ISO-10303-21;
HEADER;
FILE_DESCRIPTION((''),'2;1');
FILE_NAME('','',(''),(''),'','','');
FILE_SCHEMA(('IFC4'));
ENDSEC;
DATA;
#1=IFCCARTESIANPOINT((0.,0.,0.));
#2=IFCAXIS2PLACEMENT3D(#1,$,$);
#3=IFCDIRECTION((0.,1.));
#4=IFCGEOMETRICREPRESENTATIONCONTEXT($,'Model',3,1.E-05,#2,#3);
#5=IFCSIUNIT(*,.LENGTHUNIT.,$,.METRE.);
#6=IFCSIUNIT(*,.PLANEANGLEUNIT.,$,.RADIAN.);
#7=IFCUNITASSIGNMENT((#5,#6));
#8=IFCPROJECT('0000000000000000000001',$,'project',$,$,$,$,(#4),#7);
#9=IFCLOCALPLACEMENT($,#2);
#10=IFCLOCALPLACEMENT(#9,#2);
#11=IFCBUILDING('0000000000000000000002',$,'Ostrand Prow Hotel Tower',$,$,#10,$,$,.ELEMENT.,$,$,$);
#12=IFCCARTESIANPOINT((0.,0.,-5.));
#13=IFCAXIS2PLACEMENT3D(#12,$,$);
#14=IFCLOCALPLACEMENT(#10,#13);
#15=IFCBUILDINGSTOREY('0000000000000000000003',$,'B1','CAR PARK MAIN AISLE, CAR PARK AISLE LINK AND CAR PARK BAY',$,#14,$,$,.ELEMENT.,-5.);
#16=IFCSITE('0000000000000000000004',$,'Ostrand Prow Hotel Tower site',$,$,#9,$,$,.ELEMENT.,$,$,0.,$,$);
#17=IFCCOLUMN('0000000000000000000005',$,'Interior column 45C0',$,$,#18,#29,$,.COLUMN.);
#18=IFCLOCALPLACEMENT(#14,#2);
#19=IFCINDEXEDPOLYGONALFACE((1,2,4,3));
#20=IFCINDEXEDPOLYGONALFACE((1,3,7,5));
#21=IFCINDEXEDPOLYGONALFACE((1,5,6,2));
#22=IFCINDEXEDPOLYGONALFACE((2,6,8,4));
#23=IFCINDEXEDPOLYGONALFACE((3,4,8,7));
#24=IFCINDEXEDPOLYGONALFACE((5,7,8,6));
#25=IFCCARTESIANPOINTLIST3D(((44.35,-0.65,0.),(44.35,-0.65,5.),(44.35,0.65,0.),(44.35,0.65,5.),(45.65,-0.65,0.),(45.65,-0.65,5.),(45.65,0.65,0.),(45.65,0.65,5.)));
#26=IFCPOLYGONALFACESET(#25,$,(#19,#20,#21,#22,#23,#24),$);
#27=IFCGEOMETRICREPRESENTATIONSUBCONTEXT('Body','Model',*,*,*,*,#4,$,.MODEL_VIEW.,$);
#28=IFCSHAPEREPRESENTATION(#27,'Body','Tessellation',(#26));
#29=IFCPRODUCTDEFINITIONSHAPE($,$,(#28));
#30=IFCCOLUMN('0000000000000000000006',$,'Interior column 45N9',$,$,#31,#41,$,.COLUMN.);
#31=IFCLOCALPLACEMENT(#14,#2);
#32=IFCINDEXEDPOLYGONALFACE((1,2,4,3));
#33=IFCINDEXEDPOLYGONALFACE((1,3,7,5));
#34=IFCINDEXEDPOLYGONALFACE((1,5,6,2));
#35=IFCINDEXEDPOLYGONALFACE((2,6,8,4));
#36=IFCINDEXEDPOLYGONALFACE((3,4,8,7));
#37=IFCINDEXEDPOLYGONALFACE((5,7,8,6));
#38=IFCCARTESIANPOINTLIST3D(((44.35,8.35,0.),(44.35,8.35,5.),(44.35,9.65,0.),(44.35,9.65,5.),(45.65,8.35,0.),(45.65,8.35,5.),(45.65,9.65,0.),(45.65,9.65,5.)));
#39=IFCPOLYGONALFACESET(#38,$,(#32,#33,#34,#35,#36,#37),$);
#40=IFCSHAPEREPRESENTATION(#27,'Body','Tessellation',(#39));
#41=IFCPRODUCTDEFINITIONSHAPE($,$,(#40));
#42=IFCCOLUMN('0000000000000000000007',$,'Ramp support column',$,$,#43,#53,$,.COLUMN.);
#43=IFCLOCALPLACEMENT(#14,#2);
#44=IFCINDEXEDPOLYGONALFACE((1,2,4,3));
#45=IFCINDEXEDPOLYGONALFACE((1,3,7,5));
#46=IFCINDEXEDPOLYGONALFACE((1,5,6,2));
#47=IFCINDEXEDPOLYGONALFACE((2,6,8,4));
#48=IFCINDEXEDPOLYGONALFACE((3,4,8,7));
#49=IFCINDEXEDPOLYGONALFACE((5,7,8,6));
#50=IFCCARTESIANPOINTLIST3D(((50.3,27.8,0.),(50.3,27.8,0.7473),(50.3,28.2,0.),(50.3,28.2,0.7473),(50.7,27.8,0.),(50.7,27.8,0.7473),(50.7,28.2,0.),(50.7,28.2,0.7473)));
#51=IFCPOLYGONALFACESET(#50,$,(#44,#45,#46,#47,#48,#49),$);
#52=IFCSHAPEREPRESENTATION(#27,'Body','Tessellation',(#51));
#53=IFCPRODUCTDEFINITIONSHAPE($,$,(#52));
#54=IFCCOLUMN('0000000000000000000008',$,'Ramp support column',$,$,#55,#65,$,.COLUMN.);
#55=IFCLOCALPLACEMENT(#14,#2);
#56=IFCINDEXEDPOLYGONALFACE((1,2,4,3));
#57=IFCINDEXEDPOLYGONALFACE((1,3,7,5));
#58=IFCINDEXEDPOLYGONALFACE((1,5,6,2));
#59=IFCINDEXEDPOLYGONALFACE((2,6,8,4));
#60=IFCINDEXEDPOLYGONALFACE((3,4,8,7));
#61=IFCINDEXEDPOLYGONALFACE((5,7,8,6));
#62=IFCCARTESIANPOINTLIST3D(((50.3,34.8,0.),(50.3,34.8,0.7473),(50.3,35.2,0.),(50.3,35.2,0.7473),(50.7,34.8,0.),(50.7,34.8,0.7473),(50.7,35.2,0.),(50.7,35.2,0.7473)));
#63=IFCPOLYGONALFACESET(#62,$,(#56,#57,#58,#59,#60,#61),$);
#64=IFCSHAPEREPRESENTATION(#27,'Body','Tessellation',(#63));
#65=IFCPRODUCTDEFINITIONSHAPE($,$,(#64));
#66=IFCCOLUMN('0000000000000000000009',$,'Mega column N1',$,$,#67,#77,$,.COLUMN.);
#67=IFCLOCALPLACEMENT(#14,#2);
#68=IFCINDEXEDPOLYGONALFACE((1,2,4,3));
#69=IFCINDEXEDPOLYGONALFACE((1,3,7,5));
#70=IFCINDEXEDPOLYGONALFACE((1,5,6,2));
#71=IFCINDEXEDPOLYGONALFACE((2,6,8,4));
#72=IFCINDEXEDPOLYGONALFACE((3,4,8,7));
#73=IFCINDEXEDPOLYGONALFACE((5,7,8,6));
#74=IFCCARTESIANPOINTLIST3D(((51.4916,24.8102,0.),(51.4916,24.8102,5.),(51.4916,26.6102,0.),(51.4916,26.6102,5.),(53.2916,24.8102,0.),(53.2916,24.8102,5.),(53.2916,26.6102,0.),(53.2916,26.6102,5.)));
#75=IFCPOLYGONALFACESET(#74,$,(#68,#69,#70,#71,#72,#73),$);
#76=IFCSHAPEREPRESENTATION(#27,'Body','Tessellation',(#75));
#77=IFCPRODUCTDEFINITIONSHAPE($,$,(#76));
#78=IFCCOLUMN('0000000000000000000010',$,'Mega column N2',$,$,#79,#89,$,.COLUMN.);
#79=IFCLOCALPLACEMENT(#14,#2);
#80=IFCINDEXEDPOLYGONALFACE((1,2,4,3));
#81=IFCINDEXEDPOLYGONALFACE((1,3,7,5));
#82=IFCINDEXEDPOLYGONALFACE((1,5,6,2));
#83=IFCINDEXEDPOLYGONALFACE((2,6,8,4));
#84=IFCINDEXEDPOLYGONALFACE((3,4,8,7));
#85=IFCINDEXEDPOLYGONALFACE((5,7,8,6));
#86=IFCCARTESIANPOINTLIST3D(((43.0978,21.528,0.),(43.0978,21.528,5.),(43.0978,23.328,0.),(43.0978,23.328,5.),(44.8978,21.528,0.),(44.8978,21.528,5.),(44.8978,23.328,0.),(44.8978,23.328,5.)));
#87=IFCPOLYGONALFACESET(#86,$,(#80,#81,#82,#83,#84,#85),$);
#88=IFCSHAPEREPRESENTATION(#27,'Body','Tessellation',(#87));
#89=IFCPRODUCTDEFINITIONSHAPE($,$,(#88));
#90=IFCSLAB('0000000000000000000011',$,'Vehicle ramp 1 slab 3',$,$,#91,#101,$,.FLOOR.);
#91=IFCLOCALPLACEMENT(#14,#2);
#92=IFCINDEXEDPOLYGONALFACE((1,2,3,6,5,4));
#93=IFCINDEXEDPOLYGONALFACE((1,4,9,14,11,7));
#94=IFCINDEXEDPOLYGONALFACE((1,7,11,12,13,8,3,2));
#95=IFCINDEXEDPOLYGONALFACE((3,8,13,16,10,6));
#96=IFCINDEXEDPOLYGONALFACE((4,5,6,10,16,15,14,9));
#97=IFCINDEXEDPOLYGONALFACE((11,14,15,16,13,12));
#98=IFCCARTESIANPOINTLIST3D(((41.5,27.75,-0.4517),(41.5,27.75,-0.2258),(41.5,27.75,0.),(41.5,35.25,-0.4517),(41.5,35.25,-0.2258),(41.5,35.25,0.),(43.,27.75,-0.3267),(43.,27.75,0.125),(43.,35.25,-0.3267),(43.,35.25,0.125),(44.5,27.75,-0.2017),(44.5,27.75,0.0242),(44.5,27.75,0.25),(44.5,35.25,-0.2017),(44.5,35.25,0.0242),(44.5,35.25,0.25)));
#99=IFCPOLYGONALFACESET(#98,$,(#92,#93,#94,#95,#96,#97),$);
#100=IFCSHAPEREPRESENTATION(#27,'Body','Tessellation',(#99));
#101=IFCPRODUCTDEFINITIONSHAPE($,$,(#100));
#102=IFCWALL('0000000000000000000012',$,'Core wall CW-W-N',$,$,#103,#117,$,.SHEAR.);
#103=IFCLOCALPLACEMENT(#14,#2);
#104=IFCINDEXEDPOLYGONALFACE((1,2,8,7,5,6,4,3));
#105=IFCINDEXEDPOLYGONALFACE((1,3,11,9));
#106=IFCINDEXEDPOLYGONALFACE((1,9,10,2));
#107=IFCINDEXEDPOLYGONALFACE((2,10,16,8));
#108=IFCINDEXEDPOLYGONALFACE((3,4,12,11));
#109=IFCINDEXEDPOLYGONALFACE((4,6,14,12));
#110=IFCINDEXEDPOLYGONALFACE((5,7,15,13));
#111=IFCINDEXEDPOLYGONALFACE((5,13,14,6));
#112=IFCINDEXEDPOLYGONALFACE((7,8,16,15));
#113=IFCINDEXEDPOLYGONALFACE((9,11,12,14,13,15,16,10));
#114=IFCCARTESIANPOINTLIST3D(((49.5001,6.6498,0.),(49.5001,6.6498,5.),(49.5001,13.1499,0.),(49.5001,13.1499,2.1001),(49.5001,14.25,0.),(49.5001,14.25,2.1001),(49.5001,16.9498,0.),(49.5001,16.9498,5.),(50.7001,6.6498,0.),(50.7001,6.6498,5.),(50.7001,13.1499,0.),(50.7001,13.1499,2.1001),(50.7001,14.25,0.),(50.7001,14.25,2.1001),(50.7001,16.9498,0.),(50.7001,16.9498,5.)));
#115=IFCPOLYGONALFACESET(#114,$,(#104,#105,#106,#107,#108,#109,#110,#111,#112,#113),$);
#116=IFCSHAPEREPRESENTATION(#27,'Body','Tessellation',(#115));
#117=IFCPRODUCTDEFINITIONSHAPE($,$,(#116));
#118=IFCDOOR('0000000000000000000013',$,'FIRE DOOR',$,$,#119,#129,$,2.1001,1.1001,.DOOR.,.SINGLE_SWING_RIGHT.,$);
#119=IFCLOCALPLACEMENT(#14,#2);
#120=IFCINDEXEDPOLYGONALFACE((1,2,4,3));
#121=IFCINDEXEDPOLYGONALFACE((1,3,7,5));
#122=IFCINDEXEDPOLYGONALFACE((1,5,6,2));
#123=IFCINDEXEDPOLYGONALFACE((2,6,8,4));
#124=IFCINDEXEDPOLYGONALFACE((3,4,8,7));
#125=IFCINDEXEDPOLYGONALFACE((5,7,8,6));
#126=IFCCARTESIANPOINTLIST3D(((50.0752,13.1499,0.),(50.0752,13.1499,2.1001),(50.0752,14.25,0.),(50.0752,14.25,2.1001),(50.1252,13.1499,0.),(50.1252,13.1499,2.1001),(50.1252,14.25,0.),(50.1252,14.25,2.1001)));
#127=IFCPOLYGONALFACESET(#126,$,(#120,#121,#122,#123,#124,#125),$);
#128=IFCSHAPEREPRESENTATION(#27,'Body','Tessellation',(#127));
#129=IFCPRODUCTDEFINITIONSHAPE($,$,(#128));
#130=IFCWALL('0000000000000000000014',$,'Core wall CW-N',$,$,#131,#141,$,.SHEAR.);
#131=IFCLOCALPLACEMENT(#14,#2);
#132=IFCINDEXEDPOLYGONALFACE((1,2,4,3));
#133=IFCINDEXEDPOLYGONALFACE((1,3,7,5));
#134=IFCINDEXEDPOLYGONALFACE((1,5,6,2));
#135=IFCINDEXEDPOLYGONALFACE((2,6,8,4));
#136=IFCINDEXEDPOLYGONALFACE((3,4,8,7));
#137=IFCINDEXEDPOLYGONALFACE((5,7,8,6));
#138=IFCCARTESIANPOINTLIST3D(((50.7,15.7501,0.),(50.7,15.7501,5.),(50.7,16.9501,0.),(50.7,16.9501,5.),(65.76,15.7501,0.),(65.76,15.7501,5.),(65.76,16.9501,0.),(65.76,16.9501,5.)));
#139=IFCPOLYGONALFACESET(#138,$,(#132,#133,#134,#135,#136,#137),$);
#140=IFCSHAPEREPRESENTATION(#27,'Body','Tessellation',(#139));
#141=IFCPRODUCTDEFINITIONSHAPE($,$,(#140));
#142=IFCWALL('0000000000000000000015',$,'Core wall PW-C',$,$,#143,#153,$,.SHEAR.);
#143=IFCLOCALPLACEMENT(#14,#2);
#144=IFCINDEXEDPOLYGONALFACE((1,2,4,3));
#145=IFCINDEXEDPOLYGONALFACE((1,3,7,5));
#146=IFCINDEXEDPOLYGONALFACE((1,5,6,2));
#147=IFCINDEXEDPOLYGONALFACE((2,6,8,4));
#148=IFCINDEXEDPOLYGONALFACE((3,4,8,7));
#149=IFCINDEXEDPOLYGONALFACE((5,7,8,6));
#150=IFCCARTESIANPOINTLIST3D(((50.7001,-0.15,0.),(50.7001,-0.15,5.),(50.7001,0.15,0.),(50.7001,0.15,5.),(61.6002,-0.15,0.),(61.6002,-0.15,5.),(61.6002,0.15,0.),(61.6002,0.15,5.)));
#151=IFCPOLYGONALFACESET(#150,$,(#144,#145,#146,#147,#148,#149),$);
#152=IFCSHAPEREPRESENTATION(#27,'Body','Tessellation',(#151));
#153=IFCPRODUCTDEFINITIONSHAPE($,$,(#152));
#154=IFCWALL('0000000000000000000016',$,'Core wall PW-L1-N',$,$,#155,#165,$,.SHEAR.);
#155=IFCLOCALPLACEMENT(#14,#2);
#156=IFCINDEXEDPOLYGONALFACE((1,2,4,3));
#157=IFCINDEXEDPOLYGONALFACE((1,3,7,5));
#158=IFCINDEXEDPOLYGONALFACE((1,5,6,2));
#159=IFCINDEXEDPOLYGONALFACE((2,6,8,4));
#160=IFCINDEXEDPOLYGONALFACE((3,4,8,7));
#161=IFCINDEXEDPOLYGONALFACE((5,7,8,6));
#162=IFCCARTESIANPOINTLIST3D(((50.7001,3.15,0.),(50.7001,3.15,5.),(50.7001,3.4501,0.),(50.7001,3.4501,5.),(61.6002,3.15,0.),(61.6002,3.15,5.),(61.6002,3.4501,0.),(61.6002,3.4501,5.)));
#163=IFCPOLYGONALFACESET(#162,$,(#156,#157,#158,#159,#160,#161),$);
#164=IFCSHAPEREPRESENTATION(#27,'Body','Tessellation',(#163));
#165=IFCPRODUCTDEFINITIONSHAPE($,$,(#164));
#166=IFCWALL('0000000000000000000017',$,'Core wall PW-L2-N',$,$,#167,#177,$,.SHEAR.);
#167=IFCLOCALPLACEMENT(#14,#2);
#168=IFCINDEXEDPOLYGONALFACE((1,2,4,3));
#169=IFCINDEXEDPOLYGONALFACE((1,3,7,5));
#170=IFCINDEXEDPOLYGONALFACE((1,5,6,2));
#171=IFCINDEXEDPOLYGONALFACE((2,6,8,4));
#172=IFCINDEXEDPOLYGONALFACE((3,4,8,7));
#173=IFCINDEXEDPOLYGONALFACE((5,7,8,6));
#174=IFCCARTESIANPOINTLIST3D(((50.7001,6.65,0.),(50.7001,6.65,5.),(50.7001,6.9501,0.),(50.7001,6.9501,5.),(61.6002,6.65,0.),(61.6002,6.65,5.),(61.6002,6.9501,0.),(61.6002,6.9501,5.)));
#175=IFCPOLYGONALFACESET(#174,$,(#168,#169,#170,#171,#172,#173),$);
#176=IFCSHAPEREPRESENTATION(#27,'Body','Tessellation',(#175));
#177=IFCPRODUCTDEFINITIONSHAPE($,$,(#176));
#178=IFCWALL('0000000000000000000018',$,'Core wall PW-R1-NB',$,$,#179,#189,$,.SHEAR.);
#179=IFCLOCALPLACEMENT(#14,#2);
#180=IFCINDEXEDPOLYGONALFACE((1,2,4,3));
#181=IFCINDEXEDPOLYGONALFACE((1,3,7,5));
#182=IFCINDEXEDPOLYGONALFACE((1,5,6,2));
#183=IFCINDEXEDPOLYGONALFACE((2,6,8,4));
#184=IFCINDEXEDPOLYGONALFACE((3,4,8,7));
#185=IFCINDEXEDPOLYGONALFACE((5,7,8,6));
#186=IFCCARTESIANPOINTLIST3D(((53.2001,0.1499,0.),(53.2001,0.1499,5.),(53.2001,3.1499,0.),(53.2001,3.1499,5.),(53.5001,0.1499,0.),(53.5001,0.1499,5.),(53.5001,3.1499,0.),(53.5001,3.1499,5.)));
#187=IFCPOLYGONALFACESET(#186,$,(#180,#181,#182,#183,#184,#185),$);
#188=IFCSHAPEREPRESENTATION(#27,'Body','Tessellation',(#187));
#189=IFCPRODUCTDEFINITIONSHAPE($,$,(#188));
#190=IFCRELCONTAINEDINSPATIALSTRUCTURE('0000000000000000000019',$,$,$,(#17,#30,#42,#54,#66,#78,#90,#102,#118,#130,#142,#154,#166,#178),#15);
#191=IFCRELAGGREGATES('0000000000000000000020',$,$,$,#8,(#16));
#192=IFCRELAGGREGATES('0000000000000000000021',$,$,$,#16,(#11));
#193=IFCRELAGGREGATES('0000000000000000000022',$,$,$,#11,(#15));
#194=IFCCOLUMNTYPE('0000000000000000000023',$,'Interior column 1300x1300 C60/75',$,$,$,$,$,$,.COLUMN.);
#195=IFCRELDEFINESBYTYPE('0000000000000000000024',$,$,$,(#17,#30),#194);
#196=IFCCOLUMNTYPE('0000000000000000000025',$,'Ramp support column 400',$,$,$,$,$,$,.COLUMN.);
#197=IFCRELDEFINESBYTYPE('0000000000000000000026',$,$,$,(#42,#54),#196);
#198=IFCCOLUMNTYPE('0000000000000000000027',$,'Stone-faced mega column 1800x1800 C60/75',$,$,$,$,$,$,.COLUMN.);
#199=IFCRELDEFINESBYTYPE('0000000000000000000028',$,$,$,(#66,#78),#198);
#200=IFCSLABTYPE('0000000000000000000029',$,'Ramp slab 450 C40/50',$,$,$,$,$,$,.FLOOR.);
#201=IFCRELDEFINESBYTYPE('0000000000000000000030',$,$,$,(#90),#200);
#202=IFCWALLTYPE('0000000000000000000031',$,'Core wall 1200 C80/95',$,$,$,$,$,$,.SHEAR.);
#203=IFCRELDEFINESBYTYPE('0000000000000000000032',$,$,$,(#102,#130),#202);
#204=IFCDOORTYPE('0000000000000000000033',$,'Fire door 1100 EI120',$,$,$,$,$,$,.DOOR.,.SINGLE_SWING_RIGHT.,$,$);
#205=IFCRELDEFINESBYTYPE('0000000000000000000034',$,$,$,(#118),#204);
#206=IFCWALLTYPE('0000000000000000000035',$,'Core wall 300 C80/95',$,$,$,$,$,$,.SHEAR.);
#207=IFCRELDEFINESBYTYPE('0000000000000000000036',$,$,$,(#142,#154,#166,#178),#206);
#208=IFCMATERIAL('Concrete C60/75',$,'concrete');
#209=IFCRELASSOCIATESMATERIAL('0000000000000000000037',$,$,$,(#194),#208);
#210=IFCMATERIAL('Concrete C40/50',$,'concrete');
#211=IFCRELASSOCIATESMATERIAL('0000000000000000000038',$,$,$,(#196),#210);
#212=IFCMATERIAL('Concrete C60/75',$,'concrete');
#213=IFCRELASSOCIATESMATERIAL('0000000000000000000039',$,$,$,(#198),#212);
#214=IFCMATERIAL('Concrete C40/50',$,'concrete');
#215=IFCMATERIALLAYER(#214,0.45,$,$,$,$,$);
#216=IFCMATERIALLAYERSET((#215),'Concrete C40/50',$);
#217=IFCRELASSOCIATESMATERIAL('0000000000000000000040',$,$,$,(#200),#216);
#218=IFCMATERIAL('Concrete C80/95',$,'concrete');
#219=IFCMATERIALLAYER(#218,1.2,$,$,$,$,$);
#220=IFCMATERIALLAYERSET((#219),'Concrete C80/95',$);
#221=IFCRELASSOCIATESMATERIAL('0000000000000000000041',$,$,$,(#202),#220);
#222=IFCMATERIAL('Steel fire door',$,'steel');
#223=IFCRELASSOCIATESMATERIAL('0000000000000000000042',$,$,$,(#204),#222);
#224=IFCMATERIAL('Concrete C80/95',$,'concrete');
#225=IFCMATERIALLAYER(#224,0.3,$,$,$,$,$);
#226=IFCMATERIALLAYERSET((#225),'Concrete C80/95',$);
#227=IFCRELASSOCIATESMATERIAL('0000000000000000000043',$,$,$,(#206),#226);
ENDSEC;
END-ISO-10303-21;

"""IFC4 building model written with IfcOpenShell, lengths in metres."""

from ifc_helpers import new_model, si_unit, direction, frame, frame_2d, origin, origin_2d, place, context, subcontext, project, spatial, polyline, rectangle, outline, extrude, material, layer, layer_set, material_profile, profile_set, type_object, element, fill, save


model = new_model("IFC4")

# Units and contexts
model_context = context("Model", 3, precision=1e-05, world=origin(), true_north=direction((0.0, 1.0)))
body_context = subcontext(model_context, "Body", "Model", "MODEL_VIEW")
ifc_project = project(units=[si_unit("LENGTHUNIT", "METRE"), si_unit("PLANEANGLEUNIT", "RADIAN")], contexts=[model_context])

# Site, building, storey
site_placement = place(None, origin())
site = spatial("IfcSite", under=ifc_project, at=site_placement, Name="Ostrand Prow Hotel Tower site", CompositionType="ELEMENT", RefElevation=0.0)
building_placement = place(site_placement, origin())
building = spatial("IfcBuilding", under=site, at=building_placement, Name="Ostrand Prow Hotel Tower", CompositionType="ELEMENT")
storey_placement = place(building_placement, frame((0.0, 0.0, -5.0)))
storey = spatial("IfcBuildingStorey", under=building, at=storey_placement, Name="B1", Description="CAR PARK MAIN AISLE, CAR PARK AISLE LINK AND CAR PARK BAY", CompositionType="ELEMENT", Elevation=-5.0)

# Columns
ifc_material_1 = material(Name="Concrete C60/75", Category="concrete")
ifc_material_profile_1 = material_profile(ifc_material_1, rectangle(XDim=1.3, YDim=1.3, at=origin_2d()), Name="RC 1300x1300")
ifc_profile_set_1 = profile_set([ifc_material_profile_1], Name="Concrete C60/75")
column_type_1 = type_object("IfcColumnType", Name="Interior column 1300x1300 C60/75", PredefinedType="COLUMN", material=ifc_profile_set_1)
for number, where, z_axis, x_axis, name in (
    (1, (45.0, 0.0, 0.0), (0.0, 0.0, 1.0), (1.0, 0.0, 0.0), "Interior column 45C0"),
    (2, (45.0, 9.0, 0.0), (0.0, 0.0, 1.0), (1.0, 0.0, 0.0), "Interior column 45N9"),
):
    element("IfcColumn", number, at=place(storey_placement, frame(where, z_axis=z_axis, x_axis=x_axis)), inside=storey, type_object=column_type_1, Name=name, PredefinedType="COLUMN", context=body_context, shape_type="SweptSolid", body=[
        extrude(rectangle(XDim=1.3, YDim=1.3, at=origin_2d()), origin(), (0.0, 0.0, 1.0), 5.0),
    ])
ifc_material_2 = material(Name="Concrete C40/50", Category="concrete")
ifc_material_profile_2 = material_profile(ifc_material_2, rectangle(XDim=0.3999, YDim=0.3999, at=origin_2d()), Name="Ramp support column 400")
ifc_profile_set_2 = profile_set([ifc_material_profile_2], Name="Concrete C40/50")
column_type_2 = type_object("IfcColumnType", Name="Ramp support column 400", PredefinedType="COLUMN", material=ifc_profile_set_2)
for number, where, z_axis, x_axis, name in (
    (3, (50.5, 28.0, 0.0), (0.0, 0.0, 1.0), (1.0, 0.0, 0.0), "Ramp support column"),
    (4, (50.5, 35.0, 0.0), (0.0, 0.0, 1.0), (1.0, 0.0, 0.0), "Ramp support column"),
):
    element("IfcColumn", number, at=place(storey_placement, frame(where, z_axis=z_axis, x_axis=x_axis)), inside=storey, type_object=column_type_2, Name=name, PredefinedType="COLUMN", context=body_context, shape_type="SweptSolid", body=[
        extrude(rectangle(XDim=0.3999, YDim=0.3999, at=origin_2d()), origin(), (0.0, 0.0, 1.0), 0.7473),
    ])
ifc_material_3 = material(Name="Concrete C60/75", Category="concrete")
ifc_material_profile_3 = material_profile(ifc_material_3, rectangle(XDim=1.8, YDim=1.8, at=origin_2d()), Name="RC 1800x1800")
ifc_profile_set_3 = profile_set([ifc_material_profile_3], Name="Concrete C60/75")
column_type_3 = type_object("IfcColumnType", Name="Stone-faced mega column 1800x1800 C60/75", PredefinedType="COLUMN", material=ifc_profile_set_3)
for number, where, z_axis, x_axis, name in (
    (5, (52.3916, 25.7102, 0.0), (0.0, 0.0, 1.0), (1.0, 0.0, 0.0), "Mega column N1"),
    (6, (43.9978, 22.428, 0.0), (0.0, 0.0, 1.0), (1.0, 0.0, 0.0), "Mega column N2"),
):
    element("IfcColumn", number, at=place(storey_placement, frame(where, z_axis=z_axis, x_axis=x_axis)), inside=storey, type_object=column_type_3, Name=name, PredefinedType="COLUMN", context=body_context, shape_type="SweptSolid", body=[
        extrude(rectangle(XDim=1.8, YDim=1.8, at=origin_2d()), origin(), (0.0, 0.0, 1.0), 5.0),
    ])

# Slab
ifc_material_4 = material(Name="Concrete C40/50", Category="concrete")
ifc_layer_1 = layer(ifc_material_4, 0.45)
ifc_layer_set_1 = layer_set([ifc_layer_1], Name="Concrete C40/50")
slab_type = type_object("IfcSlabType", Name="Ramp slab 450 C40/50", PredefinedType="FLOOR", material=ifc_layer_set_1)
slab_placement = place(storey_placement, frame((44.5, 31.5, 0.25), z_axis=(0.0, 0.0, 1.0), x_axis=(-1.0, 0.0, 0.0)))
element("IfcSlab", 7, at=slab_placement, inside=storey, type_object=slab_type, Name="Vehicle ramp 1 slab 3", PredefinedType="FLOOR", context=body_context, shape_type="SweptSolid", body=[
    extrude(outline(polyline([(0.0, 0.0), (1.5, -0.125), (3.0, -0.25), (3.0, -0.4758), (3.0, -0.7017), (1.5, -0.5767), (0.0, -0.4517), (0.0, -0.2258), (0.0, 0.0)])), frame((0.0, 3.75, 0.0), z_axis=(0.0, -1.0, 0.0), x_axis=(1.0, 0.0, 0.0)), (0.0, 0.0, 1.0), 7.5),
])

# Wall, opening, door
ifc_material_5 = material(Name="Concrete C80/95", Category="concrete")
ifc_layer_2 = layer(ifc_material_5, 1.2)
ifc_layer_set_2 = layer_set([ifc_layer_2], Name="Concrete C80/95")
wall_type_1 = type_object("IfcWallType", Name="Core wall 1200 C80/95", PredefinedType="SHEAR", material=ifc_layer_set_2)
wall_1_placement = place(storey_placement, frame((50.1001, 6.6499, 0.0), z_axis=(0.0, 0.0, 1.0), x_axis=(0.0, 1.0, 0.0)))
wall_1 = element("IfcWall", 8, at=wall_1_placement, inside=storey, type_object=wall_type_1, Name="Core wall CW-W-N", PredefinedType="SHEAR", context=body_context, shape_type="SweptSolid", body=[
    extrude(rectangle(XDim=10.3, YDim=1.2, at=frame_2d((5.1499, 0.0))), origin(), (0.0, 0.0, 1.0), 5.0),
])
opening_1_placement = place(wall_1_placement, frame((6.5, 0.0, 0.0)))
opening_1 = element("IfcOpeningElement", 9, at=opening_1_placement, cuts=wall_1, PredefinedType="OPENING", context=body_context, shape_type="SweptSolid", body=[
    extrude(rectangle(XDim=1.1001, YDim=2.1001, at=frame_2d((0.55, 1.05))), frame((0.0, 0.6099, 0.0), z_axis=(0.0, -1.0, 0.0), x_axis=(1.0, 0.0, 0.0)), (0.0, 0.0, 1.0), 1.22),
])
ifc_material_6 = material(Name="Steel fire door", Category="steel")
door_type_1 = type_object("IfcDoorType", Name="Fire door 1100 EI120", OperationType="SINGLE_SWING_RIGHT", PredefinedType="DOOR", material=ifc_material_6)
door_1_placement = place(opening_1_placement, origin())
door_1 = element("IfcDoor", 10, at=door_1_placement, inside=storey, type_object=door_type_1, Name="FIRE DOOR", OperationType="SINGLE_SWING_RIGHT", OverallHeight=2.1001, OverallWidth=1.1001, PredefinedType="DOOR", context=body_context, shape_type="SweptSolid", body=[
    extrude(rectangle(XDim=1.1001, YDim=2.1001, at=frame_2d((0.55, 1.05))), frame((0.0, 0.0249, 0.0), z_axis=(0.0, -1.0, 0.0), x_axis=(1.0, 0.0, 0.0)), (0.0, 0.0, 1.0), 0.05),
])
fill(opening_1, door_1)

# Walls
wall_2_placement = place(storey_placement, frame((50.7, 16.3501, 0.0), z_axis=(0.0, 0.0, 1.0), x_axis=(1.0, 0.0, 0.0)))
element("IfcWall", 11, at=wall_2_placement, inside=storey, type_object=wall_type_1, Name="Core wall CW-N", PredefinedType="SHEAR", context=body_context, shape_type="SweptSolid", body=[
    extrude(rectangle(XDim=15.0601, YDim=1.2, at=frame_2d((7.53, 0.0))), origin(), (0.0, 0.0, 1.0), 5.0),
])
ifc_material_7 = material(Name="Concrete C80/95", Category="concrete")
ifc_layer_3 = layer(ifc_material_7, 0.3)
ifc_layer_set_3 = layer_set([ifc_layer_3], Name="Concrete C80/95")
wall_type_2 = type_object("IfcWallType", Name="Core wall 300 C80/95", PredefinedType="SHEAR", material=ifc_layer_set_3)
for number, where, z_axis, x_axis, name in (
    (12, (50.7, 0.0, 0.0), (0.0, 0.0, 1.0), (1.0, 0.0, 0.0), "Core wall PW-C"),
    (13, (50.7, 3.3, 0.0), (0.0, 0.0, 1.0), (1.0, 0.0, 0.0), "Core wall PW-L1-N"),
    (14, (50.7, 6.8, 0.0), (0.0, 0.0, 1.0), (1.0, 0.0, 0.0), "Core wall PW-L2-N"),
):
    element("IfcWall", number, at=place(storey_placement, frame(where, z_axis=z_axis, x_axis=x_axis)), inside=storey, type_object=wall_type_2, Name=name, PredefinedType="SHEAR", context=body_context, shape_type="SweptSolid", body=[
        extrude(rectangle(XDim=10.9001, YDim=0.3, at=frame_2d((5.4502, 0.0))), origin(), (0.0, 0.0, 1.0), 5.0),
    ])
for number, where, z_axis, x_axis, name in (
    (15, (53.3501, 0.1499, 0.0), (0.0, 0.0, 1.0), (0.0, 1.0, 0.0), "Core wall PW-R1-NB"),
):
    element("IfcWall", number, at=place(storey_placement, frame(where, z_axis=z_axis, x_axis=x_axis)), inside=storey, type_object=wall_type_2, Name=name, PredefinedType="SHEAR", context=body_context, shape_type="SweptSolid", body=[
        extrude(rectangle(XDim=3.0, YDim=0.3, at=frame_2d((1.5, 0.0))), origin(), (0.0, 0.0, 1.0), 5.0),
    ])

save(model, "model.ifc")
